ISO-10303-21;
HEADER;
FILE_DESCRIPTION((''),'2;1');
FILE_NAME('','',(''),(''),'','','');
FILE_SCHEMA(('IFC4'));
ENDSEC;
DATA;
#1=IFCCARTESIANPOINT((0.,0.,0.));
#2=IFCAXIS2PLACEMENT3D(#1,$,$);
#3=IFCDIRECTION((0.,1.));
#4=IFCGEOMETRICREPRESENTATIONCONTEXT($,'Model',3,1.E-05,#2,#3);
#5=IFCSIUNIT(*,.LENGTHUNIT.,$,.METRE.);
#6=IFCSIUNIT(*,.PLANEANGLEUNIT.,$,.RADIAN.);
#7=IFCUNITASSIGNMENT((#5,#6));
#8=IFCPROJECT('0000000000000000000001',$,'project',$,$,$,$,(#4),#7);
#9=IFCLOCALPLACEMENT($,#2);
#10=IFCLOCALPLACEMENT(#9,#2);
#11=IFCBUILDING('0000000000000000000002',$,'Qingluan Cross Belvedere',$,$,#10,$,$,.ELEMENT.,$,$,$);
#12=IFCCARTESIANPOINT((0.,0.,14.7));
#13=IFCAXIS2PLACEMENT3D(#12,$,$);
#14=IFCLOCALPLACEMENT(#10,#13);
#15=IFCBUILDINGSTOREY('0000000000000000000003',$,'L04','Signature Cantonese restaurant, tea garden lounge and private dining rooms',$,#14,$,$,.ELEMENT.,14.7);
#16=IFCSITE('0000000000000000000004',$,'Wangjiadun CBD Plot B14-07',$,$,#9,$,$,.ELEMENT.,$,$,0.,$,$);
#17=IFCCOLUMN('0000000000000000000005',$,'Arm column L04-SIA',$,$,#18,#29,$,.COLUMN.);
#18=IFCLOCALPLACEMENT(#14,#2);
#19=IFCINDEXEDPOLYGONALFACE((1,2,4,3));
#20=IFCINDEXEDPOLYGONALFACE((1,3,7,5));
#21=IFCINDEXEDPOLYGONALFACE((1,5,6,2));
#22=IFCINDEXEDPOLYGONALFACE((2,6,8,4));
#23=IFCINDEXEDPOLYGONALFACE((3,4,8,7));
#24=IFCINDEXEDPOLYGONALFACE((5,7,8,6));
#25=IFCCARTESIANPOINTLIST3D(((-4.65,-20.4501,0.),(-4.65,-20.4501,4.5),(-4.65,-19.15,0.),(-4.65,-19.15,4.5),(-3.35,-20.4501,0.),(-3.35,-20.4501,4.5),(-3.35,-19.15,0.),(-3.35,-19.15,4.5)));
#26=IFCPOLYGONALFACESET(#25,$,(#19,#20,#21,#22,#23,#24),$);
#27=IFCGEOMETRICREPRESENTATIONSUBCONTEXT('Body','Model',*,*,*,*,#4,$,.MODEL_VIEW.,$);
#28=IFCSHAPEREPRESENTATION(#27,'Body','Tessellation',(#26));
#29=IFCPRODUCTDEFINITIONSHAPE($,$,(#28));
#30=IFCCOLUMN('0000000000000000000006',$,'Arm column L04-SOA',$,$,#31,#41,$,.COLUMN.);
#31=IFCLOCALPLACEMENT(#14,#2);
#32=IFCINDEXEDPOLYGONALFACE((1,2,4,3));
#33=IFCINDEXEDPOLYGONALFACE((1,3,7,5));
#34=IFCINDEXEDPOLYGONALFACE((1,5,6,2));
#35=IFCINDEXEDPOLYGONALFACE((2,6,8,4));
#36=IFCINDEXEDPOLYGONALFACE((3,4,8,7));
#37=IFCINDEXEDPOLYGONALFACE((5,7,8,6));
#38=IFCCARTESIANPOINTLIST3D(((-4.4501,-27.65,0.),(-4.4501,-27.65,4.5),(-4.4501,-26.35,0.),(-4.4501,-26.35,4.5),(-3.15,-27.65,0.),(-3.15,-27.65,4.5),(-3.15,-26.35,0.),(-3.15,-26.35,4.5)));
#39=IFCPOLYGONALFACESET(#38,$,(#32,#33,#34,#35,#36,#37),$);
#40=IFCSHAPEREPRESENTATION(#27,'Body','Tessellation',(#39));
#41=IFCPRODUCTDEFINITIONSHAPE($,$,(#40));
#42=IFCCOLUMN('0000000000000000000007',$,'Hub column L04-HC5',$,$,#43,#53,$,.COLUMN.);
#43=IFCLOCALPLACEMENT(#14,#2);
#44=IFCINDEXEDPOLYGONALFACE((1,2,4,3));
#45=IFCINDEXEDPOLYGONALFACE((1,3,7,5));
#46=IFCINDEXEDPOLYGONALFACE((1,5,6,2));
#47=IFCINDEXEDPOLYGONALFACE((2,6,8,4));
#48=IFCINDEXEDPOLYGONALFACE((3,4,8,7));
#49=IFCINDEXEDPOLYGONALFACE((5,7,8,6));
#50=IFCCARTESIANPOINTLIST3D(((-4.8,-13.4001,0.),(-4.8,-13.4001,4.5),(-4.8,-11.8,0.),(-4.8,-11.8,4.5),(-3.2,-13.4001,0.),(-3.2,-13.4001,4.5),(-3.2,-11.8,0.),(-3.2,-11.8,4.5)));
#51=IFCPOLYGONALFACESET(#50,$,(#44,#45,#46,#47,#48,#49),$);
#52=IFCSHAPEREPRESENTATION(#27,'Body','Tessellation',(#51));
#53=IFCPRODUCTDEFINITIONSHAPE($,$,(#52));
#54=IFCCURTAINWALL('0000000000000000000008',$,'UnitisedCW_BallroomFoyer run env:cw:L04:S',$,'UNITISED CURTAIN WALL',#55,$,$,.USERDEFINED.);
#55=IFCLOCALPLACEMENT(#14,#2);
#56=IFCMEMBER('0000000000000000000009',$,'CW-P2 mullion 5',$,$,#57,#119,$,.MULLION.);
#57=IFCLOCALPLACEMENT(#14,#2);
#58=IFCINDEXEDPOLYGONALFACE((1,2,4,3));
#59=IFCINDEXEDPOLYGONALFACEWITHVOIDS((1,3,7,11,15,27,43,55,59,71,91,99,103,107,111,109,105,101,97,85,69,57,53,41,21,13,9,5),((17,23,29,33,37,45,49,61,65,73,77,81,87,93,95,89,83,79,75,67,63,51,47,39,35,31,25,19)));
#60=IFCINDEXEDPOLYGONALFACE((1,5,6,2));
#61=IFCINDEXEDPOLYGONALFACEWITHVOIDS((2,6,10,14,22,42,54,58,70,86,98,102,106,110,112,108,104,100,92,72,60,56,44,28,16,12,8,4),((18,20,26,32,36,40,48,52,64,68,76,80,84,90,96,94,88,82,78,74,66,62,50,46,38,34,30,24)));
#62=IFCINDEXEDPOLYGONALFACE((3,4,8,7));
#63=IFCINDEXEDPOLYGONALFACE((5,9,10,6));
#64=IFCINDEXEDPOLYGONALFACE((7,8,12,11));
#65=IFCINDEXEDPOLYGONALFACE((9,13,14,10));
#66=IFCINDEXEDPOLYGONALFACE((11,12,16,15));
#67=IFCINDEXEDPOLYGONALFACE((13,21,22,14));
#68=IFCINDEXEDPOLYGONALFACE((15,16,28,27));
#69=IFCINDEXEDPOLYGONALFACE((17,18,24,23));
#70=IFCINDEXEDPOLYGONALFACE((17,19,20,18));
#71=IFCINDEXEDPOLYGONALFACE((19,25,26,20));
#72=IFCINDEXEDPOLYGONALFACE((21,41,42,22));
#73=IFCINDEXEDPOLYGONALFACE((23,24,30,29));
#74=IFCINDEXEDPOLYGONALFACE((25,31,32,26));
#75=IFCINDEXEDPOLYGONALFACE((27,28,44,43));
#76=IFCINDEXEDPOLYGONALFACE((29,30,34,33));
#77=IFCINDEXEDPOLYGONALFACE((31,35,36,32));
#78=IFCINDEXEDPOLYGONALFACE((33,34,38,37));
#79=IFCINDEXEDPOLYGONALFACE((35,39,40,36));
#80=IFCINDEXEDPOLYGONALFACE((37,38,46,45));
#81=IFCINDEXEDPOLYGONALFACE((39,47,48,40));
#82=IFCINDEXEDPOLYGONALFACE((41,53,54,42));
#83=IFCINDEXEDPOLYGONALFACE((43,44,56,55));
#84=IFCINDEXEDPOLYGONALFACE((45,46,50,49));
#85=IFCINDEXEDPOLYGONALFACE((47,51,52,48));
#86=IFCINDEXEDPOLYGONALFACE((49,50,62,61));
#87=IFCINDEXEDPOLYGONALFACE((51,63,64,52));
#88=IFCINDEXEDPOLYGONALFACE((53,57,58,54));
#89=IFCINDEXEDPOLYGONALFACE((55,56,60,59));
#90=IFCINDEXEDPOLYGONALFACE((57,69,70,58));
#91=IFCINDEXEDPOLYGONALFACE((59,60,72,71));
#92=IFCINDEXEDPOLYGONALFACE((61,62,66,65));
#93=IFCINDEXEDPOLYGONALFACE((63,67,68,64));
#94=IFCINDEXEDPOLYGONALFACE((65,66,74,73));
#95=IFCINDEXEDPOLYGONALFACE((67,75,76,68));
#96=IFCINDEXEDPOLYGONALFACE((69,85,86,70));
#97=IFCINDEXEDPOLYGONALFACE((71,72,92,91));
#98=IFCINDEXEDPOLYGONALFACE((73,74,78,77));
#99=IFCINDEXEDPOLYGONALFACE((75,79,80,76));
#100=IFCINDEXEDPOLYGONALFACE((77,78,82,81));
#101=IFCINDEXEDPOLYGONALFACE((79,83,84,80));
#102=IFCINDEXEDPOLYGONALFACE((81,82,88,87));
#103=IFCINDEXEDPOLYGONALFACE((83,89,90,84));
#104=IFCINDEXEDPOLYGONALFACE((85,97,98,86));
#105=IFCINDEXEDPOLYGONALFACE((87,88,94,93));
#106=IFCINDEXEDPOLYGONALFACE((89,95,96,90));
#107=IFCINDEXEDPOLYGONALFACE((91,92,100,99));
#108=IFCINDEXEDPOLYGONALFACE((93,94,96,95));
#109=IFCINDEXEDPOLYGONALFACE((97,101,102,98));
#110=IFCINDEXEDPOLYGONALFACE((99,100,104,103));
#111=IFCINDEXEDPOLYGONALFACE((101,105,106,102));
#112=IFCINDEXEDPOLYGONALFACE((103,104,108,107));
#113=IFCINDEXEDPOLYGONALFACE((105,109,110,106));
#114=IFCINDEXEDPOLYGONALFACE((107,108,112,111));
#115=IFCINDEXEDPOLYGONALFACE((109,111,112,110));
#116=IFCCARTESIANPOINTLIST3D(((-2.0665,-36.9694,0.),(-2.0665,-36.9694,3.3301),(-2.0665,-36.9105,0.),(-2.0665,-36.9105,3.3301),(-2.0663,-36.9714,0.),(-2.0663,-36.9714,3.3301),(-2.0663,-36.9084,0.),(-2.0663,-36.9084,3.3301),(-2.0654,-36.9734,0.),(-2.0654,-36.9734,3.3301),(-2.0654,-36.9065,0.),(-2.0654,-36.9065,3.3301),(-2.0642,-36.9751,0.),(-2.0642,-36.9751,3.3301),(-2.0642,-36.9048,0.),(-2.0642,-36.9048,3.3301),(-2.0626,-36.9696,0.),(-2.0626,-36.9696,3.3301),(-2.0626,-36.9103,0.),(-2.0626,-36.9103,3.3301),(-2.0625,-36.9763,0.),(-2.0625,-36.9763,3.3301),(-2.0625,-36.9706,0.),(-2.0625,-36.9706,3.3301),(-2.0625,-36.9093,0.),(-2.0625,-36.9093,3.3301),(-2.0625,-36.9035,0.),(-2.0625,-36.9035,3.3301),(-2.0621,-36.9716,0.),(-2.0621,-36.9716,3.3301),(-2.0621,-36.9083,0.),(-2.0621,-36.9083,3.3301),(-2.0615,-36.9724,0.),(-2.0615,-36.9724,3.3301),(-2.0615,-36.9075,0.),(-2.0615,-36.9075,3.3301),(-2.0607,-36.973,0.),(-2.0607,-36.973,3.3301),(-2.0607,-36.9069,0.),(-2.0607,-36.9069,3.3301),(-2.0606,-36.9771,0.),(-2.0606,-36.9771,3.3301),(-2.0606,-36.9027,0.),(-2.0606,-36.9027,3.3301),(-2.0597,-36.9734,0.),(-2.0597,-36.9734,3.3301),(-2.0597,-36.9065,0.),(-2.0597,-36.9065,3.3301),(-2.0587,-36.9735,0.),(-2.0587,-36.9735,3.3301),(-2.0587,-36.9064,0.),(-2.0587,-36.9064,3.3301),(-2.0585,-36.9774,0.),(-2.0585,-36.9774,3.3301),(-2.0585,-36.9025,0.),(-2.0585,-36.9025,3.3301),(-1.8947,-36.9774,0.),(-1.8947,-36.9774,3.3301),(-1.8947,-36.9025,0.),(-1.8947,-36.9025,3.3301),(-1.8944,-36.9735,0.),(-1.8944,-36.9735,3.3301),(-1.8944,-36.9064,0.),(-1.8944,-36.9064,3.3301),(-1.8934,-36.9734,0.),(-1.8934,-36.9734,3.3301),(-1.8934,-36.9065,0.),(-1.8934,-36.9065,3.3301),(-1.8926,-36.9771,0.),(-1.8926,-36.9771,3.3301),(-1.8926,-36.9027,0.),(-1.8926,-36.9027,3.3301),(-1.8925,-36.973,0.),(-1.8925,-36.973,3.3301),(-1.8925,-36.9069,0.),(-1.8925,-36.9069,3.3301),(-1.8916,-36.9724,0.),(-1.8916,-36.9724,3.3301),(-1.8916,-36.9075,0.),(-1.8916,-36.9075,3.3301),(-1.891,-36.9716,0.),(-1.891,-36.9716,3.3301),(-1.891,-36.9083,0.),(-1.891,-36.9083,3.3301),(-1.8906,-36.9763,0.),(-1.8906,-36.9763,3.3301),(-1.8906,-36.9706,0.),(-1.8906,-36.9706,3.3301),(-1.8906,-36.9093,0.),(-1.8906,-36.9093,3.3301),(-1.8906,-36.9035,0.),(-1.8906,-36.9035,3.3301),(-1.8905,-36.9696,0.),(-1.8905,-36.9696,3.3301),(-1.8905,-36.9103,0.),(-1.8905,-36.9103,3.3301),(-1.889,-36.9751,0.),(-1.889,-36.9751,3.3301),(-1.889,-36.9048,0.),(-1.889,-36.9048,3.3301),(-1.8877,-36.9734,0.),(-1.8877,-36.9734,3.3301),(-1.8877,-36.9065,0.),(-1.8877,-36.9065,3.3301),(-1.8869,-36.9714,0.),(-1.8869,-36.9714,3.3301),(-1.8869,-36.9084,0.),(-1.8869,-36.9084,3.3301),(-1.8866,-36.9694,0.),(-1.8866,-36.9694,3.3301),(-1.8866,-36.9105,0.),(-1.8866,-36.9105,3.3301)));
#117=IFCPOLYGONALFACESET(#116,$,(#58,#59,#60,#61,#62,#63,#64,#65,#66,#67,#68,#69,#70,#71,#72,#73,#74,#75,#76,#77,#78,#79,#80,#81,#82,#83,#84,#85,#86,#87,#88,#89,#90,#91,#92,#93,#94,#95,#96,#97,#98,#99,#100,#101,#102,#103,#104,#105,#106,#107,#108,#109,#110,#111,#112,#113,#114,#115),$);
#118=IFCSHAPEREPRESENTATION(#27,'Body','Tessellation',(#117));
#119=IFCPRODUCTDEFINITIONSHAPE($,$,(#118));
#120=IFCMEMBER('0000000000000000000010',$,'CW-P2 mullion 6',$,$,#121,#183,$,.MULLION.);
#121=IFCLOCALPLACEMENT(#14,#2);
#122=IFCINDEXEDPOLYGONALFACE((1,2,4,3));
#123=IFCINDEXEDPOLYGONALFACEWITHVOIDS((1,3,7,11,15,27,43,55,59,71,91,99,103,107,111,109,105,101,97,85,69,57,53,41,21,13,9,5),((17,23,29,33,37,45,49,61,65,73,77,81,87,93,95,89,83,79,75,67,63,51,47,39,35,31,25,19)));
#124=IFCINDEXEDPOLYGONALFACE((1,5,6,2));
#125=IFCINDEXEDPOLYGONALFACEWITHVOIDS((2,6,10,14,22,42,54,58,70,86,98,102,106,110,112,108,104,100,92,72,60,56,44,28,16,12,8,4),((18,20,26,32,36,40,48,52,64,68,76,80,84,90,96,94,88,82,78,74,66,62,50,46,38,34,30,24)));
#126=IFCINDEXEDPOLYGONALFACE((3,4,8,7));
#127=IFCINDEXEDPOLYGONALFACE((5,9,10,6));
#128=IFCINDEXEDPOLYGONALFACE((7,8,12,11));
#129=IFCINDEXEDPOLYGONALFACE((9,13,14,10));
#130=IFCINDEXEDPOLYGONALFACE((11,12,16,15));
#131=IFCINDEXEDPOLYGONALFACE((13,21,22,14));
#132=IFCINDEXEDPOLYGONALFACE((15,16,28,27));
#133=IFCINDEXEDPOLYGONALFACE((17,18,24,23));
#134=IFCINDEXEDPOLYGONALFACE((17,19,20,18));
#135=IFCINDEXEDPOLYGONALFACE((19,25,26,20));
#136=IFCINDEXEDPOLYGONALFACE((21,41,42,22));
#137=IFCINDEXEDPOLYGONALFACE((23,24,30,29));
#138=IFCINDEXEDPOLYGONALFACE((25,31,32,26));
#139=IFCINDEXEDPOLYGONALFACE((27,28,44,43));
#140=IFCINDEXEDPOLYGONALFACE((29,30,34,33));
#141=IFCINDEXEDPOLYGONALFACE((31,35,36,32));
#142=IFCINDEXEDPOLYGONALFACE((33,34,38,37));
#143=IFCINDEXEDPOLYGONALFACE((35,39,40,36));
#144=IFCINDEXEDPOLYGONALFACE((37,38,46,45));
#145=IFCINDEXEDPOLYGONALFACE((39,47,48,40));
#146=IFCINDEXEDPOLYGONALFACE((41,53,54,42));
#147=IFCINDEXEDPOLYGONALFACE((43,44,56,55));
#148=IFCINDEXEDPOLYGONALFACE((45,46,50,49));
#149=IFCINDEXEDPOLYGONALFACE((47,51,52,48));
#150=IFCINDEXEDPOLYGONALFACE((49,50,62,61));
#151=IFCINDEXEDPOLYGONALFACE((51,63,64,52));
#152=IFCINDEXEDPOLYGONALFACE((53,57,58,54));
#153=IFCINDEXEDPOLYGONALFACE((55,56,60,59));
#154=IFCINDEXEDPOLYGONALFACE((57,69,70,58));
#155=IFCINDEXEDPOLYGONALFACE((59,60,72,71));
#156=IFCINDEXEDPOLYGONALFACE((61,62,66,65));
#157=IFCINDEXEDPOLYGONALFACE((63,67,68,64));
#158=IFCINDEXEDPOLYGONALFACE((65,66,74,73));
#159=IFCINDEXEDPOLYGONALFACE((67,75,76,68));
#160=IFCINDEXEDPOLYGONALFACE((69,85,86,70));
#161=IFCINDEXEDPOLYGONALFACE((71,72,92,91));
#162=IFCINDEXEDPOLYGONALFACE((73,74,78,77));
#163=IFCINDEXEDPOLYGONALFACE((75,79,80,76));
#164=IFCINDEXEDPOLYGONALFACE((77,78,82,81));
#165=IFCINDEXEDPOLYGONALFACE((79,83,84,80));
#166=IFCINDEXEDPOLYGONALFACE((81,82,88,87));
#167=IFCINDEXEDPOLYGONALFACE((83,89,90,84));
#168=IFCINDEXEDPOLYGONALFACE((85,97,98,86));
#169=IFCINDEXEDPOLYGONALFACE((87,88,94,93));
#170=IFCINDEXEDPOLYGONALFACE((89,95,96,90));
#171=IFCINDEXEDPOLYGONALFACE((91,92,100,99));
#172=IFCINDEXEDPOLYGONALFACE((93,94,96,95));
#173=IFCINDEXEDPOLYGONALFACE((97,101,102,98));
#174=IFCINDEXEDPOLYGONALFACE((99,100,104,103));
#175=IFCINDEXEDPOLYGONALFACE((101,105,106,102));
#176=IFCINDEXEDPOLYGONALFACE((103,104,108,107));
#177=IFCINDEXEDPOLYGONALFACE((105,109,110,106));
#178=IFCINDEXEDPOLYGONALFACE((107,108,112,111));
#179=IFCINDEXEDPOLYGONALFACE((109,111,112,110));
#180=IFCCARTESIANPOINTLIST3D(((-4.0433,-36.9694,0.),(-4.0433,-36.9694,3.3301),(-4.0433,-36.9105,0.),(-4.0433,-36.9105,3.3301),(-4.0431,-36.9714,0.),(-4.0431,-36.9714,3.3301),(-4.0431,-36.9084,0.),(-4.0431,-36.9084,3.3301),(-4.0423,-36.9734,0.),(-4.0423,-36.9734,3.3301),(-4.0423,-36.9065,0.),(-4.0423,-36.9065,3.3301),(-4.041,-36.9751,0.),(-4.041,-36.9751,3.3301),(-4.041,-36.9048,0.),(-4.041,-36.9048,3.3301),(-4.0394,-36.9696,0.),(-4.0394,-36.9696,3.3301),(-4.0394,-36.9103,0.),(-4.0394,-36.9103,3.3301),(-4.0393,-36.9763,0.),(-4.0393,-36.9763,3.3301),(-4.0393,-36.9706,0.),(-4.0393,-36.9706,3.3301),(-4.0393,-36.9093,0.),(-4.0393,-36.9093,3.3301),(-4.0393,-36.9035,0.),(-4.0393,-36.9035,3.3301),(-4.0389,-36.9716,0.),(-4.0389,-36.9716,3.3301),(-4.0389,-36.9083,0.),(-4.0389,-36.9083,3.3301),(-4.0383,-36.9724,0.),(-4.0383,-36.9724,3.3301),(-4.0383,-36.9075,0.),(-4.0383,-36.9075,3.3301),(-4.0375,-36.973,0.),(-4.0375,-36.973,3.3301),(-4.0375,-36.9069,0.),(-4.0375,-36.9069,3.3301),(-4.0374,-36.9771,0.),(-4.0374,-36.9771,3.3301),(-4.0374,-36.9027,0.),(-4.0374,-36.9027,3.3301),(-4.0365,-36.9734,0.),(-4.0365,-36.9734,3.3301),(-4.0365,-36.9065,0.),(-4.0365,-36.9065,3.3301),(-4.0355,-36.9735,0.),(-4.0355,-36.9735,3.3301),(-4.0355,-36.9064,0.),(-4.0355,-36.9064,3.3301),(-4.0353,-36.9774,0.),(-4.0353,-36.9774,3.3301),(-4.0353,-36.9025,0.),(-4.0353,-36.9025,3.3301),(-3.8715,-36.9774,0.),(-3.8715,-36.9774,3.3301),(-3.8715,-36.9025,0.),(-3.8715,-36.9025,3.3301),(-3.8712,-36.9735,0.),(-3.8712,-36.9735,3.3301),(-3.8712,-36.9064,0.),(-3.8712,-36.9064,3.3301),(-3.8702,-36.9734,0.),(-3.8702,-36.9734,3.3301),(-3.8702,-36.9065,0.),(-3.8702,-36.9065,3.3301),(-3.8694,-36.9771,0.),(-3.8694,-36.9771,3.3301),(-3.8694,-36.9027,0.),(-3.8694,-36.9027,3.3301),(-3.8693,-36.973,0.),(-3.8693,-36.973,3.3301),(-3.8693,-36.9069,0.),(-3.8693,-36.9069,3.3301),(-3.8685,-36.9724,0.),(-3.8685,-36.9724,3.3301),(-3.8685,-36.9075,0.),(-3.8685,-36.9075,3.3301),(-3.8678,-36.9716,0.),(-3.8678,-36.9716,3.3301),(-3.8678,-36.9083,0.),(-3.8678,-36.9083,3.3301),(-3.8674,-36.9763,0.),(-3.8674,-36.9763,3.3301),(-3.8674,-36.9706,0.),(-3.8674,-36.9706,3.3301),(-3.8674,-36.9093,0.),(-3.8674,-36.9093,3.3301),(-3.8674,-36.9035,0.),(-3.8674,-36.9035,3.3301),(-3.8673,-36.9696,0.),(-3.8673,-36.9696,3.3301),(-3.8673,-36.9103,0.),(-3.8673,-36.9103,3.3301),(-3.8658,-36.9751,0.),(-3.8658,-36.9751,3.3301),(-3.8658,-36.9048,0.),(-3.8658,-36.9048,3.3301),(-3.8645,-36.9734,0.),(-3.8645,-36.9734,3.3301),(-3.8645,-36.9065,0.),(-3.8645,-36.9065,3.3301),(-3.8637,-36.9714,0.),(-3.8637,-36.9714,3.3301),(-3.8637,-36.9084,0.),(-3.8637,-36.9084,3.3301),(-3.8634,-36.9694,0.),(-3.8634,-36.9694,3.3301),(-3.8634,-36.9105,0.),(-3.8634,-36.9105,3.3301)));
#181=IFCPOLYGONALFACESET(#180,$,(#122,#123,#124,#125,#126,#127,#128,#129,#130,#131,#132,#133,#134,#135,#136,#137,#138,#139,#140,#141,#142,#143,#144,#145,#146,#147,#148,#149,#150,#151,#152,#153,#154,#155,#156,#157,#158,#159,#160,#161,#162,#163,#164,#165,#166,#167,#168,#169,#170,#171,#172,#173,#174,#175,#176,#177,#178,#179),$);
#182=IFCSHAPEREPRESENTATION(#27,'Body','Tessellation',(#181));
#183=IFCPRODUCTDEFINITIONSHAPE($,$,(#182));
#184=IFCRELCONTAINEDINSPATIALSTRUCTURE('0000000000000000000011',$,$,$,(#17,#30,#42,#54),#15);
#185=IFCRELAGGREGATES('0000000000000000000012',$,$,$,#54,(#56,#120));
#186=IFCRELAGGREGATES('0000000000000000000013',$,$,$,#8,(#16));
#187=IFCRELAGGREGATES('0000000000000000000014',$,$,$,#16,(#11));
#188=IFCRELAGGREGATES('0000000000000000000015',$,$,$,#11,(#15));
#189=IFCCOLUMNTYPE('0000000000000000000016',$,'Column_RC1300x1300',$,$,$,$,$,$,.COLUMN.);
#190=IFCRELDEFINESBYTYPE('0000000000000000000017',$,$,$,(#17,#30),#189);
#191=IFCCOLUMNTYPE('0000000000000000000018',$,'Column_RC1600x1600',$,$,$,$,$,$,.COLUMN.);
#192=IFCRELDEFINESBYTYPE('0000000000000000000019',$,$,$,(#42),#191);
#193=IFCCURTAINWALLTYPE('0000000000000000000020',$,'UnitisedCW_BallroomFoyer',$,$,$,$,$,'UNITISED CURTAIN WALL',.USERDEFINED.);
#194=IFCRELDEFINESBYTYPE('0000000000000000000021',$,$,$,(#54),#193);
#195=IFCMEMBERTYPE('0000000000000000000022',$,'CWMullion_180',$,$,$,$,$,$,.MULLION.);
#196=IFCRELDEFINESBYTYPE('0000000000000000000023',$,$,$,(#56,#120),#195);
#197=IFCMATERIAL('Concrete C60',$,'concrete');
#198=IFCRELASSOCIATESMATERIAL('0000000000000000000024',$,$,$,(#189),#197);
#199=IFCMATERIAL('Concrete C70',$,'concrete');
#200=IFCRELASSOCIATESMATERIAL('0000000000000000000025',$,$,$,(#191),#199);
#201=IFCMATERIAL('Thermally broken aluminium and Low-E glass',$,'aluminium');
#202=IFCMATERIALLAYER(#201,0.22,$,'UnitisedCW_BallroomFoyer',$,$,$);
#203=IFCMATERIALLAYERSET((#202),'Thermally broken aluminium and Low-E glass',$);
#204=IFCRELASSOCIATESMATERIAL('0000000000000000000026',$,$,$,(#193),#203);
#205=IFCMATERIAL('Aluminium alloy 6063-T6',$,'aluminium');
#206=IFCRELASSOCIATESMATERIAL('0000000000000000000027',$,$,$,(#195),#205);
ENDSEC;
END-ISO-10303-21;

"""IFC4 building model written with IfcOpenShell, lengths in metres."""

from ifc_helpers import new_model, si_unit, direction, frame, origin, origin_2d, place, context, subcontext, project, spatial, rectangle, hollow_rectangle, extrude, material, layer, layer_set, material_profile, profile_set, type_object, element, aggregate, save


model = new_model("IFC4")

# Units and contexts
model_context = context("Model", 3, precision=1e-05, world=origin(), true_north=direction((0.0, 1.0)))
body_context = subcontext(model_context, "Body", "Model", "MODEL_VIEW")
ifc_project = project(units=[si_unit("LENGTHUNIT", "METRE"), si_unit("PLANEANGLEUNIT", "RADIAN")], contexts=[model_context])

# Site, building, storey
site_placement = place(None, origin())
site = spatial("IfcSite", under=ifc_project, at=site_placement, Name="Wangjiadun CBD Plot B14-07", CompositionType="ELEMENT", RefElevation=0.0)
building_placement = place(site_placement, origin())
building = spatial("IfcBuilding", under=site, at=building_placement, Name="Qingluan Cross Belvedere", CompositionType="ELEMENT")
storey_placement = place(building_placement, frame((0.0, 0.0, 14.7)))
storey = spatial("IfcBuildingStorey", under=building, at=storey_placement, Name="L04", Description="Signature Cantonese restaurant, tea garden lounge and private dining rooms", CompositionType="ELEMENT", Elevation=14.7)

# Columns
ifc_material_1 = material(Name="Concrete C60", Category="concrete")
ifc_material_profile_1 = material_profile(ifc_material_1, rectangle(XDim=1.3, YDim=1.3, at=origin_2d()), Name="RC1300x1300")
ifc_profile_set_1 = profile_set([ifc_material_profile_1], Name="Concrete C60")
column_type_1 = type_object("IfcColumnType", Name="Column_RC1300x1300", PredefinedType="COLUMN", material=ifc_profile_set_1)
for number, where, z_axis, x_axis, name in (
    (1, (-4.0, -19.8, 0.0), (0.0, 0.0, 1.0), (1.0, 0.0, 0.0), "Arm column L04-SIA"),
    (2, (-3.8, -27.0, 0.0), (0.0, 0.0, 1.0), (1.0, 0.0, 0.0), "Arm column L04-SOA"),
):
    element("IfcColumn", number, at=place(storey_placement, frame(where, z_axis=z_axis, x_axis=x_axis)), inside=storey, type_object=column_type_1, Name=name, PredefinedType="COLUMN", context=body_context, shape_type="SweptSolid", body=[
        extrude(rectangle(XDim=1.3, YDim=1.3, at=origin_2d()), origin(), (0.0, 0.0, 1.0), 4.5),
    ])
ifc_material_2 = material(Name="Concrete C70", Category="concrete")
ifc_material_profile_2 = material_profile(ifc_material_2, rectangle(XDim=1.6001, YDim=1.6001, at=origin_2d()), Name="RC1600x1600")
ifc_profile_set_2 = profile_set([ifc_material_profile_2], Name="Concrete C70")
column_type_2 = type_object("IfcColumnType", Name="Column_RC1600x1600", PredefinedType="COLUMN", material=ifc_profile_set_2)
column_placement = place(storey_placement, frame((-4.0, -12.6001, 0.0), z_axis=(0.0, 0.0, 1.0), x_axis=(1.0, 0.0, 0.0)))
element("IfcColumn", 3, at=column_placement, inside=storey, type_object=column_type_2, Name="Hub column L04-HC5", PredefinedType="COLUMN", context=body_context, shape_type="SweptSolid", body=[
    extrude(rectangle(XDim=1.6001, YDim=1.6001, at=origin_2d()), origin(), (0.0, 0.0, 1.0), 4.5),
])

# Curtain wall, members
ifc_material_3 = material(Name="Thermally broken aluminium and Low-E glass", Category="aluminium")
ifc_layer_1 = layer(ifc_material_3, 0.22, Name="UnitisedCW_BallroomFoyer")
ifc_layer_set_1 = layer_set([ifc_layer_1], Name="Thermally broken aluminium and Low-E glass")
curtain_wall_type = type_object("IfcCurtainWallType", Name="UnitisedCW_BallroomFoyer", ElementType="UNITISED CURTAIN WALL", PredefinedType="USERDEFINED", material=ifc_layer_set_1)
curtain_wall_placement = place(storey_placement, origin())
curtain_wall = element("IfcCurtainWall", 4, at=curtain_wall_placement, inside=storey, type_object=curtain_wall_type, Name="UnitisedCW_BallroomFoyer run env:cw:L04:S", ObjectType="UNITISED CURTAIN WALL", PredefinedType="USERDEFINED")
ifc_material_4 = material(Name="Aluminium alloy 6063-T6", Category="aluminium")
ifc_material_profile_3 = material_profile(ifc_material_4, hollow_rectangle(XDim=0.075, YDim=0.1799, WallThickness=0.0039, InnerFilletRadius=0.0039, OuterFilletRadius=0.0081, at=origin_2d()), Name="CWM180x75x4")
ifc_profile_set_3 = profile_set([ifc_material_profile_3], Name="Aluminium alloy 6063-T6")
member_type_1 = type_object("IfcMemberType", Name="CWMullion_180", PredefinedType="MULLION", material=ifc_profile_set_3)
member_1_placement = place(storey_placement, frame((-1.9766, -36.9399, 0.0), z_axis=(0.0, 0.0, 1.0), x_axis=(0.0, -1.0, 0.0)))
member_1 = element("IfcMember", 5, at=member_1_placement, type_object=member_type_1, Name="CW-P2 mullion 5", PredefinedType="MULLION", context=body_context, shape_type="SweptSolid", body=[
    extrude(hollow_rectangle(XDim=0.075, YDim=0.1799, WallThickness=0.0039, InnerFilletRadius=0.0039, OuterFilletRadius=0.0081, at=origin_2d()), origin(), (0.0, 0.0, 1.0), 3.3301),
])
member_2_placement = place(storey_placement, frame((-3.9534, -36.9399, 0.0), z_axis=(0.0, 0.0, 1.0), x_axis=(0.0, -1.0, 0.0)))
member_2 = element("IfcMember", 6, at=member_2_placement, type_object=member_type_1, Name="CW-P2 mullion 6", PredefinedType="MULLION", context=body_context, shape_type="SweptSolid", body=[
    extrude(hollow_rectangle(XDim=0.075, YDim=0.1799, WallThickness=0.0039, InnerFilletRadius=0.0039, OuterFilletRadius=0.0081, at=origin_2d()), origin(), (0.0, 0.0, 1.0), 3.3301),
])

aggregate(curtain_wall, [member_1, member_2])

save(model, "model.ifc")
